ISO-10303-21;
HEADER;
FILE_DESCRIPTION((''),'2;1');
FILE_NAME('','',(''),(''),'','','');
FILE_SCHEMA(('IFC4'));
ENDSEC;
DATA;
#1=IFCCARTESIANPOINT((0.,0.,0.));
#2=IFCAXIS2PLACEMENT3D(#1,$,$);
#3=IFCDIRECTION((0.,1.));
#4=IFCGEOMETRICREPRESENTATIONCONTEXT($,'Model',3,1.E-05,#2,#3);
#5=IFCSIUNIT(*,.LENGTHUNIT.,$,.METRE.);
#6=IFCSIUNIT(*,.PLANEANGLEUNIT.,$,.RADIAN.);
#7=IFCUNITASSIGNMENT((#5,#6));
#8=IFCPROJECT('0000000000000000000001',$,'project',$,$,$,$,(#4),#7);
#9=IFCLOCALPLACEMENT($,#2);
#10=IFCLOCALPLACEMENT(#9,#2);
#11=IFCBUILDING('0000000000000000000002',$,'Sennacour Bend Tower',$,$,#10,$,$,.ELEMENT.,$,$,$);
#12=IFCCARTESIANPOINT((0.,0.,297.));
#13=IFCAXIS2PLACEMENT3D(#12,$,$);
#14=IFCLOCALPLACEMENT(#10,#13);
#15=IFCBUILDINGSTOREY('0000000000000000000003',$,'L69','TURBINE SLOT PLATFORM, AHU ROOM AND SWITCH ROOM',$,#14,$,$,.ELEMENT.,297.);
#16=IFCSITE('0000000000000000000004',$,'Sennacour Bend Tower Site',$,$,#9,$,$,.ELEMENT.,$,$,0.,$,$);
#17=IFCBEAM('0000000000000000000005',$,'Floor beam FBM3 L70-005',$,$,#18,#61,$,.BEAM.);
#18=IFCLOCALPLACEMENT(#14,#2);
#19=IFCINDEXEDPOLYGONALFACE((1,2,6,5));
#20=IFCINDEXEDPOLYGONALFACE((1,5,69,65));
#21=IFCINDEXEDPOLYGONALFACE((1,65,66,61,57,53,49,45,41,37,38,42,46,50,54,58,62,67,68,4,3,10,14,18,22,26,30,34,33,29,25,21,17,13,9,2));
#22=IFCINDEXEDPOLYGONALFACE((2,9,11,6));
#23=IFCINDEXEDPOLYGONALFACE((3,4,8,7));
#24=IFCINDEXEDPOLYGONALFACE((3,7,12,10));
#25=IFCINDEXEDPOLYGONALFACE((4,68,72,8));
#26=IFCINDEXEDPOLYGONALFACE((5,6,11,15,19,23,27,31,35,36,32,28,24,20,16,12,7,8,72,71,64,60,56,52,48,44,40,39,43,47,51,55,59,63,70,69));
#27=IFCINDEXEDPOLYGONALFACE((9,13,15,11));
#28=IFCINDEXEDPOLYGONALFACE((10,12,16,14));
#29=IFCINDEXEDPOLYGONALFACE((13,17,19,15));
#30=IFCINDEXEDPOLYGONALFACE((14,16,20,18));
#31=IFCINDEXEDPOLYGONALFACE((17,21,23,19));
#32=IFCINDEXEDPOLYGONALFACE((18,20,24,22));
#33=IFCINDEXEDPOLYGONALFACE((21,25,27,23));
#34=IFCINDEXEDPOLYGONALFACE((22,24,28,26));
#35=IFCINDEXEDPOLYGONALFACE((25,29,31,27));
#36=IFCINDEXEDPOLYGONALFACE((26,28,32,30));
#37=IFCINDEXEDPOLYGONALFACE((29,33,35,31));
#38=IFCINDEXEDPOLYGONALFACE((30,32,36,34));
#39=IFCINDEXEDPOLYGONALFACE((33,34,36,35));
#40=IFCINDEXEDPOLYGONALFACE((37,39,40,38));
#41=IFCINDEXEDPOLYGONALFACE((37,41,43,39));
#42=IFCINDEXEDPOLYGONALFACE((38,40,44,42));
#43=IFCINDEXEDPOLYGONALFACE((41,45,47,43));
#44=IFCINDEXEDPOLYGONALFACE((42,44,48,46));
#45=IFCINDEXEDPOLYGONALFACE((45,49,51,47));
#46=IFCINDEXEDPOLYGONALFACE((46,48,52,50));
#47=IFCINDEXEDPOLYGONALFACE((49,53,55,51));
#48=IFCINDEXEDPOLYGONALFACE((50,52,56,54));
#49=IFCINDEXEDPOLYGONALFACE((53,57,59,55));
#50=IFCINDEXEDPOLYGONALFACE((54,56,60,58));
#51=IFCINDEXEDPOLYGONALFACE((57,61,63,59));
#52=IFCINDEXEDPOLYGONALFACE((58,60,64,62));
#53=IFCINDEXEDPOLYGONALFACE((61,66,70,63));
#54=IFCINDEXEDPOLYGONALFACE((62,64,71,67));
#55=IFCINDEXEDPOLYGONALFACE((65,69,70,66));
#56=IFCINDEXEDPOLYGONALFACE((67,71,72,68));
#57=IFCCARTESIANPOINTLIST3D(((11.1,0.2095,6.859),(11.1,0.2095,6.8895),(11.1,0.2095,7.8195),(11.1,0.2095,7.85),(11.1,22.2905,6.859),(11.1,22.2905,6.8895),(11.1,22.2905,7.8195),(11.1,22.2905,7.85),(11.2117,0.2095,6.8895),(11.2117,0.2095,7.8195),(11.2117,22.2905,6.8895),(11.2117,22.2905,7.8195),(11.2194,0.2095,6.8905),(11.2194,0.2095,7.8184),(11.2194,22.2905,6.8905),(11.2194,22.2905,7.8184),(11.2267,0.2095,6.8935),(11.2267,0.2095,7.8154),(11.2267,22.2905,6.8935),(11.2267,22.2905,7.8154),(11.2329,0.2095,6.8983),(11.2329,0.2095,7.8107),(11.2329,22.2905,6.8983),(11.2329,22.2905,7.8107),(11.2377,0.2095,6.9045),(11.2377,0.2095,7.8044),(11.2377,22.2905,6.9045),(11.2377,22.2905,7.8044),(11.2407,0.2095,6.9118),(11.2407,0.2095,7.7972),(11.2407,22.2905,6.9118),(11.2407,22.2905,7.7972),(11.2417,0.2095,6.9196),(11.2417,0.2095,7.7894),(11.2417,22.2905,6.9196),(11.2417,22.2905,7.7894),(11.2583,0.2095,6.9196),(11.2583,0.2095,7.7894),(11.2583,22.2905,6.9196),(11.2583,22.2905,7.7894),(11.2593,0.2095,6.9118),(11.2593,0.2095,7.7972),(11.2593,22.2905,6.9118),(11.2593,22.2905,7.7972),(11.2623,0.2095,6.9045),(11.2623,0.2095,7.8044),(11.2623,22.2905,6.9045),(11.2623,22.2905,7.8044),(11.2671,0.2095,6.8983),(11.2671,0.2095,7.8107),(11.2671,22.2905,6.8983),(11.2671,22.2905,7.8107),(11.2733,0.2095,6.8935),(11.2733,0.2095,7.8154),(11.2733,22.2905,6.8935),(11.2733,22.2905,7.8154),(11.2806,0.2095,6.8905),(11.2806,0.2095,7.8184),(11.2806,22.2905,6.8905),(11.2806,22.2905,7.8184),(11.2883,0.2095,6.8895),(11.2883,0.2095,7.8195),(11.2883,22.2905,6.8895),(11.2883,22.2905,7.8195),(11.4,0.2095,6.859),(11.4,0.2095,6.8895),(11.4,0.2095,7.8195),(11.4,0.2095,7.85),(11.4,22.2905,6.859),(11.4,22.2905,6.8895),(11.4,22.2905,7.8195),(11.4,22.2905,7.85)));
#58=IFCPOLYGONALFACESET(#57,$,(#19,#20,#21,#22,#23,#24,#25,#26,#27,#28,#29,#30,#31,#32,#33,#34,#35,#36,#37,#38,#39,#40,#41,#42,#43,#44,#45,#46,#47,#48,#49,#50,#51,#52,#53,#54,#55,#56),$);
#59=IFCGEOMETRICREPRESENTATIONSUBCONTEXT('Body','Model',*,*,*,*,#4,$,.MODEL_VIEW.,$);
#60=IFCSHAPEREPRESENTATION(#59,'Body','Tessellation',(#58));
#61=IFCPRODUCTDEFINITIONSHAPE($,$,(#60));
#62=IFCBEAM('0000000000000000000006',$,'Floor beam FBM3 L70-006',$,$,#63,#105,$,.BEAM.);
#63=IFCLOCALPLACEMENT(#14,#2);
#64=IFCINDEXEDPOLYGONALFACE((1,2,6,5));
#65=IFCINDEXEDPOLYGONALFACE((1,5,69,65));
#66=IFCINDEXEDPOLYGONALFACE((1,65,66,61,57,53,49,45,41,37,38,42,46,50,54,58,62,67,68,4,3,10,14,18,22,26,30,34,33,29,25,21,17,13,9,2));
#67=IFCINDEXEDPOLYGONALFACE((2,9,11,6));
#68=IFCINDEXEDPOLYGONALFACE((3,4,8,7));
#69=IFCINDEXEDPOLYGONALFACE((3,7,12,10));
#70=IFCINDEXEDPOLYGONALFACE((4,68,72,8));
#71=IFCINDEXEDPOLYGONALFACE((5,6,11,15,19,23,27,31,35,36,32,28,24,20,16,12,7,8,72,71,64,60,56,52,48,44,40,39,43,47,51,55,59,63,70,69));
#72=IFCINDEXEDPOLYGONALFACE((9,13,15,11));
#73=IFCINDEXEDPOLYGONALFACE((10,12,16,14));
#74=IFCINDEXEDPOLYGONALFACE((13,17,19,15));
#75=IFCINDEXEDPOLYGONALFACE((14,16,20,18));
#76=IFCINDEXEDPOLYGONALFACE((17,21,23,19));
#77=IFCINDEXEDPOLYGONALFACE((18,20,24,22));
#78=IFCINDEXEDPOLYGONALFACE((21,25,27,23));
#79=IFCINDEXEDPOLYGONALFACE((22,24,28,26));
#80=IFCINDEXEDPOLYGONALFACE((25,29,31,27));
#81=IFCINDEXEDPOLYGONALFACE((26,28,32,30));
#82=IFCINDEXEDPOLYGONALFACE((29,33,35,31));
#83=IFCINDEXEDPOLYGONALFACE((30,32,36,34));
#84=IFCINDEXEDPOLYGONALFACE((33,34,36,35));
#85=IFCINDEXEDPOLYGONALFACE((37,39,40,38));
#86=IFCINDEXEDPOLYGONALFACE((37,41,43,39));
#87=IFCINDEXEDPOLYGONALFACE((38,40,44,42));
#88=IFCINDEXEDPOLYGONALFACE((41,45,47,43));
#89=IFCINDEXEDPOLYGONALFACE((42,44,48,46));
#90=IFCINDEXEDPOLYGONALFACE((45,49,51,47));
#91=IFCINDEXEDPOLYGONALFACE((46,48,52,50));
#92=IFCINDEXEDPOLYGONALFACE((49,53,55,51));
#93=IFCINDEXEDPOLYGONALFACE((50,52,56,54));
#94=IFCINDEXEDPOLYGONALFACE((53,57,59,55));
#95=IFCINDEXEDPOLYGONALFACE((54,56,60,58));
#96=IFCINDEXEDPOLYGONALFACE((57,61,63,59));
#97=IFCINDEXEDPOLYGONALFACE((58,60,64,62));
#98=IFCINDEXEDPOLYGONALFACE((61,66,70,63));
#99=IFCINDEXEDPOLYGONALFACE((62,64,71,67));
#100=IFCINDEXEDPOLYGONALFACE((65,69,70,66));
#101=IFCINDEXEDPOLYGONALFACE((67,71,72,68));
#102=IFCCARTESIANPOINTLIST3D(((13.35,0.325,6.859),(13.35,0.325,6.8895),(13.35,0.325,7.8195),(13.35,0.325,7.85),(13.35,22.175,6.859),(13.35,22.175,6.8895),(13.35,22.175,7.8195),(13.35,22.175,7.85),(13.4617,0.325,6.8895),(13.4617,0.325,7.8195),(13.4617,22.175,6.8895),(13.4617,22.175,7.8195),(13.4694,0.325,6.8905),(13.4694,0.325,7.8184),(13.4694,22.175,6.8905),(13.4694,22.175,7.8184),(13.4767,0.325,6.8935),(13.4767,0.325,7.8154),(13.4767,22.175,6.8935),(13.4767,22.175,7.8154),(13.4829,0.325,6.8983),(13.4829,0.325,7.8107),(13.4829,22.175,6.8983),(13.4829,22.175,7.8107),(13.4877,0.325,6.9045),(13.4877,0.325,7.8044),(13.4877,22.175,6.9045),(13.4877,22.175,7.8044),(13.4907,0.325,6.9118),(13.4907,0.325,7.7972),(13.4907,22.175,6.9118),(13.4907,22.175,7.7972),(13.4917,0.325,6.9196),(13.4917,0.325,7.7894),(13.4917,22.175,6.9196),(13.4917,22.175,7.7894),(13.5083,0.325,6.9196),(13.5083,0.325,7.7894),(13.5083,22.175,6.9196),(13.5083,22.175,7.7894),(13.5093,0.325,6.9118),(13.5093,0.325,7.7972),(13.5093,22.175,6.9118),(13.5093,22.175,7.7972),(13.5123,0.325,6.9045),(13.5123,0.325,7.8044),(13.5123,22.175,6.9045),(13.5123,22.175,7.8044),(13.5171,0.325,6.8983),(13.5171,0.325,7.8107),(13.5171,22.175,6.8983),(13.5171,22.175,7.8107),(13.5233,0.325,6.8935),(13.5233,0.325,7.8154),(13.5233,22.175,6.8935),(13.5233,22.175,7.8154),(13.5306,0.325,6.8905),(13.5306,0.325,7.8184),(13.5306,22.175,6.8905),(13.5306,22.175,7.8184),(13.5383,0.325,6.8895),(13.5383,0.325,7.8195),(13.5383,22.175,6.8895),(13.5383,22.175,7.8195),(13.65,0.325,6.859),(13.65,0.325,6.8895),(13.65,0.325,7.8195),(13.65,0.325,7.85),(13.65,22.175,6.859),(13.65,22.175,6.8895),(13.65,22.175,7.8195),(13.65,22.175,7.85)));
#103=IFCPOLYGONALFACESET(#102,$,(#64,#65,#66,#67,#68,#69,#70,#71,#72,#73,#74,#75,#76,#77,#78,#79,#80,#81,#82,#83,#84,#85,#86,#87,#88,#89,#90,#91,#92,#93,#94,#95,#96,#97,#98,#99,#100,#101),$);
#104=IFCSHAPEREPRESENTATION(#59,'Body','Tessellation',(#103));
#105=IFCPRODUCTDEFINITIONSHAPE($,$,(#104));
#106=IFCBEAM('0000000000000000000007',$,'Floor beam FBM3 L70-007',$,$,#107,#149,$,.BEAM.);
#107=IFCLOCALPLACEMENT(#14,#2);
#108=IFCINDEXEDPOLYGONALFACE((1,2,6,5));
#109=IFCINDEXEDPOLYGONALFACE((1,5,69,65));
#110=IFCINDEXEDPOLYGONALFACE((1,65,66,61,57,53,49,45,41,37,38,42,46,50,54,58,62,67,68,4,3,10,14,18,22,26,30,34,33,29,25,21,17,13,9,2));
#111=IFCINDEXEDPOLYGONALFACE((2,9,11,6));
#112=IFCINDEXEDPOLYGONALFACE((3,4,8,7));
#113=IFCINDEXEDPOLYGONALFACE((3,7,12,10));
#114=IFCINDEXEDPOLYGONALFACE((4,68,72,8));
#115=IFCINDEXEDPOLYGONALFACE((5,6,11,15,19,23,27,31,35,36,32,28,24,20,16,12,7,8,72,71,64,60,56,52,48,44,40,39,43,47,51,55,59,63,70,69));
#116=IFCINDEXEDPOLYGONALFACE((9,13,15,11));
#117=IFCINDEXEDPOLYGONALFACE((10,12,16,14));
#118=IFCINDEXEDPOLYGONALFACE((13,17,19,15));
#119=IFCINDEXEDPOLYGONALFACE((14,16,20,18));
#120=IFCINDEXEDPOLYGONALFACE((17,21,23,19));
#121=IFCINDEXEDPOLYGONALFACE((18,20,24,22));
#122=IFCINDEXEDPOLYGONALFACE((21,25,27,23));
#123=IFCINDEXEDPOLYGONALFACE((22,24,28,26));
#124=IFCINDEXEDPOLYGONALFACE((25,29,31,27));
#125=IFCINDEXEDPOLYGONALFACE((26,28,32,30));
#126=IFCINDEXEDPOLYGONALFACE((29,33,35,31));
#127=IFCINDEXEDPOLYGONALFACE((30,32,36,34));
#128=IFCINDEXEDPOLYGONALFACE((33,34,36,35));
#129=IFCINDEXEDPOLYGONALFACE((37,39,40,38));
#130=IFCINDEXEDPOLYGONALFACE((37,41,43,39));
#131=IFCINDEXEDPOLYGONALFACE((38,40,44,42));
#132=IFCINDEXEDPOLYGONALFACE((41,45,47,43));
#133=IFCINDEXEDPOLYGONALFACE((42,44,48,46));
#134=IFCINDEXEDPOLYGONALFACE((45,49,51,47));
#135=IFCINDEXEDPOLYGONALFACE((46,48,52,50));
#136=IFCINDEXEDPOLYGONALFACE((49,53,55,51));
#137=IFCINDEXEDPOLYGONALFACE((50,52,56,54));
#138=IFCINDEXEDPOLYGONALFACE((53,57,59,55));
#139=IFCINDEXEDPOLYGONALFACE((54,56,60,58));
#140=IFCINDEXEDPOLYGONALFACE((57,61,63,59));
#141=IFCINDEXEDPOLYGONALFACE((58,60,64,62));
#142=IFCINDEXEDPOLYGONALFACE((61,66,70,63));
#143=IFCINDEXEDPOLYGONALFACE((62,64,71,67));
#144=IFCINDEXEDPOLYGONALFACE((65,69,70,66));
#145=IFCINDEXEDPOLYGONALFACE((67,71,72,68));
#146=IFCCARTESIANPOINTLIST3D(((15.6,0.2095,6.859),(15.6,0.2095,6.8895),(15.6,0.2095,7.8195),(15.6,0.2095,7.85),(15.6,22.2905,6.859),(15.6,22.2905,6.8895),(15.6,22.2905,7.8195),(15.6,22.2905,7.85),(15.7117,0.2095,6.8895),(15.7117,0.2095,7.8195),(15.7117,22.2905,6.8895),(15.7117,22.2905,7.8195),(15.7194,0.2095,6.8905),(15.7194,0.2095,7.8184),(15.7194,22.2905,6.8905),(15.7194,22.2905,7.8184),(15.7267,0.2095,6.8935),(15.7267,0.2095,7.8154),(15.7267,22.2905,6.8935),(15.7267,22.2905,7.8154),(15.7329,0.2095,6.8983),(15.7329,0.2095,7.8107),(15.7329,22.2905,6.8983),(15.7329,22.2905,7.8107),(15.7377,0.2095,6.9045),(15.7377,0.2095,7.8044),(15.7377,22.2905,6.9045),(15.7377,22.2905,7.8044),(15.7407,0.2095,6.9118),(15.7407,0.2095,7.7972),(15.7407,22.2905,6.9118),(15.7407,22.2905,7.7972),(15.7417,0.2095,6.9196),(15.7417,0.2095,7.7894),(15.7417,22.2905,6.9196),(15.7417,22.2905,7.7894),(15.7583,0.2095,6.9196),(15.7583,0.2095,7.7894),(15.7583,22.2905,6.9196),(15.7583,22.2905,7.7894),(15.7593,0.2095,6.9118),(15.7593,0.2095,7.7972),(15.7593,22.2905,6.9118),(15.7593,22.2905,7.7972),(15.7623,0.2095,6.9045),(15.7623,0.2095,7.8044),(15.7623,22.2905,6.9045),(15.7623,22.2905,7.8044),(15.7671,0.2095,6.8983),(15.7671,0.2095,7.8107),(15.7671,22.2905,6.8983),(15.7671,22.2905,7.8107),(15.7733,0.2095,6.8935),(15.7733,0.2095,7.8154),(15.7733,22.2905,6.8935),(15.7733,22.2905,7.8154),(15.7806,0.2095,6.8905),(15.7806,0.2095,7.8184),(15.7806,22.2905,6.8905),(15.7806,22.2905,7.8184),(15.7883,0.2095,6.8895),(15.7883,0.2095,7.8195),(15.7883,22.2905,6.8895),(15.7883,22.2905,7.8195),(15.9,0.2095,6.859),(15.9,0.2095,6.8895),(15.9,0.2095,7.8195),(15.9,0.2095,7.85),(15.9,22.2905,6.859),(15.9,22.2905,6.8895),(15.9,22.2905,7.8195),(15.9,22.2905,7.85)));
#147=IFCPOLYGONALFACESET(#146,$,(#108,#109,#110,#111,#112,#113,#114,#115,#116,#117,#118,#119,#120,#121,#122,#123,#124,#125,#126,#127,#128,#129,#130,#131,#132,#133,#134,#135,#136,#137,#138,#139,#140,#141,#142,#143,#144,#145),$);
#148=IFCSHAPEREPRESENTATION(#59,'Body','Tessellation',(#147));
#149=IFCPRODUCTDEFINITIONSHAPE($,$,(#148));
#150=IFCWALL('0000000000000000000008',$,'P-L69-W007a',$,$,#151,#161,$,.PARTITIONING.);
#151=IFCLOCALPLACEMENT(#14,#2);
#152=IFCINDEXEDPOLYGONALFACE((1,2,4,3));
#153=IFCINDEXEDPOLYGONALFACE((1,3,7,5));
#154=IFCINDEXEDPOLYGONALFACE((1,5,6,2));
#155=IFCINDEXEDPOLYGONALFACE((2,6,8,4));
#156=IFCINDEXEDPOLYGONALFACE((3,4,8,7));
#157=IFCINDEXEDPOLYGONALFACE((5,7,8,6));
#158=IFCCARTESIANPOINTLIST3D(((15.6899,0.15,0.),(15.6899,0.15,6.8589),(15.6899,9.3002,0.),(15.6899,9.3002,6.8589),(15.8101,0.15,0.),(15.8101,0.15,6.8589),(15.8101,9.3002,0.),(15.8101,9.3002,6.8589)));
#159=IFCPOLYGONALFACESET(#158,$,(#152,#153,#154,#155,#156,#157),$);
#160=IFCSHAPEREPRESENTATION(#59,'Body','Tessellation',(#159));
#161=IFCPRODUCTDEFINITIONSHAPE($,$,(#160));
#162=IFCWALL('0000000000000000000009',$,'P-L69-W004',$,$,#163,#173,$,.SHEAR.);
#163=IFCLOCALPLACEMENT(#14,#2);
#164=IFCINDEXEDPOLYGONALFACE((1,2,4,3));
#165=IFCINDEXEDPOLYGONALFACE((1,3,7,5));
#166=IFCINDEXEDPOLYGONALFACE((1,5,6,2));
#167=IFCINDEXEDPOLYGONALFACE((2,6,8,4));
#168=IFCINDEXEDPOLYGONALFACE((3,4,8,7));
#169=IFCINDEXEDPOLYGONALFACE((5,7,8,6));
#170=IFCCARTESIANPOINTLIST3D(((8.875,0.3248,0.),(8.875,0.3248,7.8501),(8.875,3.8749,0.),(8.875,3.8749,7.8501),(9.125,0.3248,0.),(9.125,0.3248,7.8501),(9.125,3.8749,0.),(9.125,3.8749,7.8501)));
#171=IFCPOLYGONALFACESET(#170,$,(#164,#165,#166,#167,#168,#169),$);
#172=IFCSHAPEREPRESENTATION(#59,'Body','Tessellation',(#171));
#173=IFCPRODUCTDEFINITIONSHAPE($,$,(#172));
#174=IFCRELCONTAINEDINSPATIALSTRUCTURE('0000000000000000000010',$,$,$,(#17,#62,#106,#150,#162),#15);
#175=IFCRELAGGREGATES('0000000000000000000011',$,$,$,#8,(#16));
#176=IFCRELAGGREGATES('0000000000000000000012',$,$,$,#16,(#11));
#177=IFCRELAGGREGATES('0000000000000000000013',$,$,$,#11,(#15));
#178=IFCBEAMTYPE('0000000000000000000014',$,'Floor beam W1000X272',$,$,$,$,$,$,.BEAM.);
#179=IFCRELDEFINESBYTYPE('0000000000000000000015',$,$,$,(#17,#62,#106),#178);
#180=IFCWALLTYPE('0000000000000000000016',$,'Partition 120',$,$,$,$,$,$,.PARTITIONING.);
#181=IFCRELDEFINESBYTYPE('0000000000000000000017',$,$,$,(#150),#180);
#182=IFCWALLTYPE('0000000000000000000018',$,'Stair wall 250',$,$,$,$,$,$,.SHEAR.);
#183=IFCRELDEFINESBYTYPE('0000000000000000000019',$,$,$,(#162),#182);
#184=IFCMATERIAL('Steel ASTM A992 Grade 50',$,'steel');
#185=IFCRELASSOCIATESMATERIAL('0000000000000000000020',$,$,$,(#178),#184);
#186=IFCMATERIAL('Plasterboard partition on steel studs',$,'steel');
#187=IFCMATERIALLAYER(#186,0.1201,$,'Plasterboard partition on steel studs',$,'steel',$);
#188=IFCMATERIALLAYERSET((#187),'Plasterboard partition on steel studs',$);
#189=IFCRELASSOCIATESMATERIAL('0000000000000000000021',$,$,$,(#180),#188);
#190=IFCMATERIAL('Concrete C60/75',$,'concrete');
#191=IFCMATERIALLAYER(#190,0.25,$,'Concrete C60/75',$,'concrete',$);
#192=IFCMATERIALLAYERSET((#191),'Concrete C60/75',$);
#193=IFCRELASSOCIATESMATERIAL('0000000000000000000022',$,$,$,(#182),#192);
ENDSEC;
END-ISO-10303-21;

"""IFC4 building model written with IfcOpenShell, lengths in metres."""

from ifc_helpers import new_model, si_unit, direction, frame, frame_2d, origin, origin_2d, place, context, subcontext, project, spatial, rectangle, i_section, extrude, material, layer, layer_set, material_profile, profile_set, type_object, element, save


model = new_model("IFC4")

# Units and contexts
model_context = context("Model", 3, precision=1e-05, world=origin(), true_north=direction((0.0, 1.0)))
body_context = subcontext(model_context, "Body", "Model", "MODEL_VIEW")
ifc_project = project(units=[si_unit("LENGTHUNIT", "METRE"), si_unit("PLANEANGLEUNIT", "RADIAN")], contexts=[model_context])

# Site, building, storey
site_placement = place(None, origin())
site = spatial("IfcSite", under=ifc_project, at=site_placement, Name="Sennacour Bend Tower Site", CompositionType="ELEMENT", RefElevation=0.0)
building_placement = place(site_placement, origin())
building = spatial("IfcBuilding", under=site, at=building_placement, Name="Sennacour Bend Tower", CompositionType="ELEMENT")
storey_placement = place(building_placement, frame((0.0, 0.0, 297.0)))
storey = spatial("IfcBuildingStorey", under=building, at=storey_placement, Name="L69", Description="TURBINE SLOT PLATFORM, AHU ROOM AND SWITCH ROOM", CompositionType="ELEMENT", Elevation=297.0)

# Shared definitions
ifc_material_1 = material(Name="Steel ASTM A992 Grade 50", Category="steel")

# Beams
ifc_material_profile_1 = material_profile(ifc_material_1, i_section(OverallWidth=0.3, OverallDepth=0.991, WebThickness=0.0166, FlangeThickness=0.0305, FilletRadius=0.03, at=origin_2d()), Name="Steel ASTM A992 Grade 50", Category="steel")
ifc_profile_set_1 = profile_set([ifc_material_profile_1], Name="Steel ASTM A992 Grade 50")
beam_type = type_object("IfcBeamType", Name="Floor beam W1000X272", PredefinedType="BEAM", material=ifc_profile_set_1)
beam_1_placement = place(storey_placement, frame((11.25, 0.2095, 7.3545), z_axis=(0.0, 1.0, 0.0), x_axis=(-1.0, 0.0, 0.0)))
element("IfcBeam", 1, at=beam_1_placement, inside=storey, type_object=beam_type, Name="Floor beam FBM3 L70-005", PredefinedType="BEAM", context=body_context, shape_type="SweptSolid", body=[
    extrude(i_section(OverallWidth=0.3, OverallDepth=0.991, WebThickness=0.0166, FlangeThickness=0.0305, FilletRadius=0.03, at=origin_2d()), origin(), (0.0, 0.0, 1.0), 22.0811),
])
beam_2_placement = place(storey_placement, frame((13.5, 0.325, 7.3545), z_axis=(0.0, 1.0, 0.0), x_axis=(-1.0, 0.0, 0.0)))
element("IfcBeam", 2, at=beam_2_placement, inside=storey, type_object=beam_type, Name="Floor beam FBM3 L70-006", PredefinedType="BEAM", context=body_context, shape_type="SweptSolid", body=[
    extrude(i_section(OverallWidth=0.3, OverallDepth=0.991, WebThickness=0.0166, FlangeThickness=0.0305, FilletRadius=0.03, at=origin_2d()), origin(), (0.0, 0.0, 1.0), 21.8501),
])
beam_3_placement = place(storey_placement, frame((15.75, 0.2095, 7.3545), z_axis=(0.0, 1.0, 0.0), x_axis=(-1.0, 0.0, 0.0)))
element("IfcBeam", 3, at=beam_3_placement, inside=storey, type_object=beam_type, Name="Floor beam FBM3 L70-007", PredefinedType="BEAM", context=body_context, shape_type="SweptSolid", body=[
    extrude(i_section(OverallWidth=0.3, OverallDepth=0.991, WebThickness=0.0166, FlangeThickness=0.0305, FilletRadius=0.03, at=origin_2d()), origin(), (0.0, 0.0, 1.0), 22.0811),
])

# Walls
ifc_material_2 = material(Name="Plasterboard partition on steel studs", Category="steel")
ifc_layer_1 = layer(ifc_material_2, 0.1201, Name="Plasterboard partition on steel studs", Category="steel")
ifc_layer_set_1 = layer_set([ifc_layer_1], Name="Plasterboard partition on steel studs")
wall_type_1 = type_object("IfcWallType", Name="Partition 120", PredefinedType="PARTITIONING", material=ifc_layer_set_1)
wall_1_placement = place(storey_placement, frame((15.75, 0.1499, 0.0), z_axis=(0.0, 0.0, 1.0), x_axis=(0.0, 1.0, 0.0)))
element("IfcWall", 4, at=wall_1_placement, inside=storey, type_object=wall_type_1, Name="P-L69-W007a", PredefinedType="PARTITIONING", context=body_context, shape_type="SweptSolid", body=[
    extrude(rectangle(XDim=9.1501, YDim=0.1201, at=frame_2d((4.5752, 0.0))), origin(), (0.0, 0.0, 1.0), 6.8589),
])
ifc_material_3 = material(Name="Concrete C60/75", Category="concrete")
ifc_layer_2 = layer(ifc_material_3, 0.25, Name="Concrete C60/75", Category="concrete")
ifc_layer_set_2 = layer_set([ifc_layer_2], Name="Concrete C60/75")
wall_type_2 = type_object("IfcWallType", Name="Stair wall 250", PredefinedType="SHEAR", material=ifc_layer_set_2)
wall_2_placement = place(storey_placement, frame((9.0, 0.325, 0.0), z_axis=(0.0, 0.0, 1.0), x_axis=(0.0, 1.0, 0.0)))
element("IfcWall", 5, at=wall_2_placement, inside=storey, type_object=wall_type_2, Name="P-L69-W004", PredefinedType="SHEAR", context=body_context, shape_type="SweptSolid", body=[
    extrude(rectangle(XDim=3.55, YDim=0.25, at=frame_2d((1.7749, 0.0))), origin(), (0.0, 0.0, 1.0), 7.8501),
])

save(model, "model.ifc")
